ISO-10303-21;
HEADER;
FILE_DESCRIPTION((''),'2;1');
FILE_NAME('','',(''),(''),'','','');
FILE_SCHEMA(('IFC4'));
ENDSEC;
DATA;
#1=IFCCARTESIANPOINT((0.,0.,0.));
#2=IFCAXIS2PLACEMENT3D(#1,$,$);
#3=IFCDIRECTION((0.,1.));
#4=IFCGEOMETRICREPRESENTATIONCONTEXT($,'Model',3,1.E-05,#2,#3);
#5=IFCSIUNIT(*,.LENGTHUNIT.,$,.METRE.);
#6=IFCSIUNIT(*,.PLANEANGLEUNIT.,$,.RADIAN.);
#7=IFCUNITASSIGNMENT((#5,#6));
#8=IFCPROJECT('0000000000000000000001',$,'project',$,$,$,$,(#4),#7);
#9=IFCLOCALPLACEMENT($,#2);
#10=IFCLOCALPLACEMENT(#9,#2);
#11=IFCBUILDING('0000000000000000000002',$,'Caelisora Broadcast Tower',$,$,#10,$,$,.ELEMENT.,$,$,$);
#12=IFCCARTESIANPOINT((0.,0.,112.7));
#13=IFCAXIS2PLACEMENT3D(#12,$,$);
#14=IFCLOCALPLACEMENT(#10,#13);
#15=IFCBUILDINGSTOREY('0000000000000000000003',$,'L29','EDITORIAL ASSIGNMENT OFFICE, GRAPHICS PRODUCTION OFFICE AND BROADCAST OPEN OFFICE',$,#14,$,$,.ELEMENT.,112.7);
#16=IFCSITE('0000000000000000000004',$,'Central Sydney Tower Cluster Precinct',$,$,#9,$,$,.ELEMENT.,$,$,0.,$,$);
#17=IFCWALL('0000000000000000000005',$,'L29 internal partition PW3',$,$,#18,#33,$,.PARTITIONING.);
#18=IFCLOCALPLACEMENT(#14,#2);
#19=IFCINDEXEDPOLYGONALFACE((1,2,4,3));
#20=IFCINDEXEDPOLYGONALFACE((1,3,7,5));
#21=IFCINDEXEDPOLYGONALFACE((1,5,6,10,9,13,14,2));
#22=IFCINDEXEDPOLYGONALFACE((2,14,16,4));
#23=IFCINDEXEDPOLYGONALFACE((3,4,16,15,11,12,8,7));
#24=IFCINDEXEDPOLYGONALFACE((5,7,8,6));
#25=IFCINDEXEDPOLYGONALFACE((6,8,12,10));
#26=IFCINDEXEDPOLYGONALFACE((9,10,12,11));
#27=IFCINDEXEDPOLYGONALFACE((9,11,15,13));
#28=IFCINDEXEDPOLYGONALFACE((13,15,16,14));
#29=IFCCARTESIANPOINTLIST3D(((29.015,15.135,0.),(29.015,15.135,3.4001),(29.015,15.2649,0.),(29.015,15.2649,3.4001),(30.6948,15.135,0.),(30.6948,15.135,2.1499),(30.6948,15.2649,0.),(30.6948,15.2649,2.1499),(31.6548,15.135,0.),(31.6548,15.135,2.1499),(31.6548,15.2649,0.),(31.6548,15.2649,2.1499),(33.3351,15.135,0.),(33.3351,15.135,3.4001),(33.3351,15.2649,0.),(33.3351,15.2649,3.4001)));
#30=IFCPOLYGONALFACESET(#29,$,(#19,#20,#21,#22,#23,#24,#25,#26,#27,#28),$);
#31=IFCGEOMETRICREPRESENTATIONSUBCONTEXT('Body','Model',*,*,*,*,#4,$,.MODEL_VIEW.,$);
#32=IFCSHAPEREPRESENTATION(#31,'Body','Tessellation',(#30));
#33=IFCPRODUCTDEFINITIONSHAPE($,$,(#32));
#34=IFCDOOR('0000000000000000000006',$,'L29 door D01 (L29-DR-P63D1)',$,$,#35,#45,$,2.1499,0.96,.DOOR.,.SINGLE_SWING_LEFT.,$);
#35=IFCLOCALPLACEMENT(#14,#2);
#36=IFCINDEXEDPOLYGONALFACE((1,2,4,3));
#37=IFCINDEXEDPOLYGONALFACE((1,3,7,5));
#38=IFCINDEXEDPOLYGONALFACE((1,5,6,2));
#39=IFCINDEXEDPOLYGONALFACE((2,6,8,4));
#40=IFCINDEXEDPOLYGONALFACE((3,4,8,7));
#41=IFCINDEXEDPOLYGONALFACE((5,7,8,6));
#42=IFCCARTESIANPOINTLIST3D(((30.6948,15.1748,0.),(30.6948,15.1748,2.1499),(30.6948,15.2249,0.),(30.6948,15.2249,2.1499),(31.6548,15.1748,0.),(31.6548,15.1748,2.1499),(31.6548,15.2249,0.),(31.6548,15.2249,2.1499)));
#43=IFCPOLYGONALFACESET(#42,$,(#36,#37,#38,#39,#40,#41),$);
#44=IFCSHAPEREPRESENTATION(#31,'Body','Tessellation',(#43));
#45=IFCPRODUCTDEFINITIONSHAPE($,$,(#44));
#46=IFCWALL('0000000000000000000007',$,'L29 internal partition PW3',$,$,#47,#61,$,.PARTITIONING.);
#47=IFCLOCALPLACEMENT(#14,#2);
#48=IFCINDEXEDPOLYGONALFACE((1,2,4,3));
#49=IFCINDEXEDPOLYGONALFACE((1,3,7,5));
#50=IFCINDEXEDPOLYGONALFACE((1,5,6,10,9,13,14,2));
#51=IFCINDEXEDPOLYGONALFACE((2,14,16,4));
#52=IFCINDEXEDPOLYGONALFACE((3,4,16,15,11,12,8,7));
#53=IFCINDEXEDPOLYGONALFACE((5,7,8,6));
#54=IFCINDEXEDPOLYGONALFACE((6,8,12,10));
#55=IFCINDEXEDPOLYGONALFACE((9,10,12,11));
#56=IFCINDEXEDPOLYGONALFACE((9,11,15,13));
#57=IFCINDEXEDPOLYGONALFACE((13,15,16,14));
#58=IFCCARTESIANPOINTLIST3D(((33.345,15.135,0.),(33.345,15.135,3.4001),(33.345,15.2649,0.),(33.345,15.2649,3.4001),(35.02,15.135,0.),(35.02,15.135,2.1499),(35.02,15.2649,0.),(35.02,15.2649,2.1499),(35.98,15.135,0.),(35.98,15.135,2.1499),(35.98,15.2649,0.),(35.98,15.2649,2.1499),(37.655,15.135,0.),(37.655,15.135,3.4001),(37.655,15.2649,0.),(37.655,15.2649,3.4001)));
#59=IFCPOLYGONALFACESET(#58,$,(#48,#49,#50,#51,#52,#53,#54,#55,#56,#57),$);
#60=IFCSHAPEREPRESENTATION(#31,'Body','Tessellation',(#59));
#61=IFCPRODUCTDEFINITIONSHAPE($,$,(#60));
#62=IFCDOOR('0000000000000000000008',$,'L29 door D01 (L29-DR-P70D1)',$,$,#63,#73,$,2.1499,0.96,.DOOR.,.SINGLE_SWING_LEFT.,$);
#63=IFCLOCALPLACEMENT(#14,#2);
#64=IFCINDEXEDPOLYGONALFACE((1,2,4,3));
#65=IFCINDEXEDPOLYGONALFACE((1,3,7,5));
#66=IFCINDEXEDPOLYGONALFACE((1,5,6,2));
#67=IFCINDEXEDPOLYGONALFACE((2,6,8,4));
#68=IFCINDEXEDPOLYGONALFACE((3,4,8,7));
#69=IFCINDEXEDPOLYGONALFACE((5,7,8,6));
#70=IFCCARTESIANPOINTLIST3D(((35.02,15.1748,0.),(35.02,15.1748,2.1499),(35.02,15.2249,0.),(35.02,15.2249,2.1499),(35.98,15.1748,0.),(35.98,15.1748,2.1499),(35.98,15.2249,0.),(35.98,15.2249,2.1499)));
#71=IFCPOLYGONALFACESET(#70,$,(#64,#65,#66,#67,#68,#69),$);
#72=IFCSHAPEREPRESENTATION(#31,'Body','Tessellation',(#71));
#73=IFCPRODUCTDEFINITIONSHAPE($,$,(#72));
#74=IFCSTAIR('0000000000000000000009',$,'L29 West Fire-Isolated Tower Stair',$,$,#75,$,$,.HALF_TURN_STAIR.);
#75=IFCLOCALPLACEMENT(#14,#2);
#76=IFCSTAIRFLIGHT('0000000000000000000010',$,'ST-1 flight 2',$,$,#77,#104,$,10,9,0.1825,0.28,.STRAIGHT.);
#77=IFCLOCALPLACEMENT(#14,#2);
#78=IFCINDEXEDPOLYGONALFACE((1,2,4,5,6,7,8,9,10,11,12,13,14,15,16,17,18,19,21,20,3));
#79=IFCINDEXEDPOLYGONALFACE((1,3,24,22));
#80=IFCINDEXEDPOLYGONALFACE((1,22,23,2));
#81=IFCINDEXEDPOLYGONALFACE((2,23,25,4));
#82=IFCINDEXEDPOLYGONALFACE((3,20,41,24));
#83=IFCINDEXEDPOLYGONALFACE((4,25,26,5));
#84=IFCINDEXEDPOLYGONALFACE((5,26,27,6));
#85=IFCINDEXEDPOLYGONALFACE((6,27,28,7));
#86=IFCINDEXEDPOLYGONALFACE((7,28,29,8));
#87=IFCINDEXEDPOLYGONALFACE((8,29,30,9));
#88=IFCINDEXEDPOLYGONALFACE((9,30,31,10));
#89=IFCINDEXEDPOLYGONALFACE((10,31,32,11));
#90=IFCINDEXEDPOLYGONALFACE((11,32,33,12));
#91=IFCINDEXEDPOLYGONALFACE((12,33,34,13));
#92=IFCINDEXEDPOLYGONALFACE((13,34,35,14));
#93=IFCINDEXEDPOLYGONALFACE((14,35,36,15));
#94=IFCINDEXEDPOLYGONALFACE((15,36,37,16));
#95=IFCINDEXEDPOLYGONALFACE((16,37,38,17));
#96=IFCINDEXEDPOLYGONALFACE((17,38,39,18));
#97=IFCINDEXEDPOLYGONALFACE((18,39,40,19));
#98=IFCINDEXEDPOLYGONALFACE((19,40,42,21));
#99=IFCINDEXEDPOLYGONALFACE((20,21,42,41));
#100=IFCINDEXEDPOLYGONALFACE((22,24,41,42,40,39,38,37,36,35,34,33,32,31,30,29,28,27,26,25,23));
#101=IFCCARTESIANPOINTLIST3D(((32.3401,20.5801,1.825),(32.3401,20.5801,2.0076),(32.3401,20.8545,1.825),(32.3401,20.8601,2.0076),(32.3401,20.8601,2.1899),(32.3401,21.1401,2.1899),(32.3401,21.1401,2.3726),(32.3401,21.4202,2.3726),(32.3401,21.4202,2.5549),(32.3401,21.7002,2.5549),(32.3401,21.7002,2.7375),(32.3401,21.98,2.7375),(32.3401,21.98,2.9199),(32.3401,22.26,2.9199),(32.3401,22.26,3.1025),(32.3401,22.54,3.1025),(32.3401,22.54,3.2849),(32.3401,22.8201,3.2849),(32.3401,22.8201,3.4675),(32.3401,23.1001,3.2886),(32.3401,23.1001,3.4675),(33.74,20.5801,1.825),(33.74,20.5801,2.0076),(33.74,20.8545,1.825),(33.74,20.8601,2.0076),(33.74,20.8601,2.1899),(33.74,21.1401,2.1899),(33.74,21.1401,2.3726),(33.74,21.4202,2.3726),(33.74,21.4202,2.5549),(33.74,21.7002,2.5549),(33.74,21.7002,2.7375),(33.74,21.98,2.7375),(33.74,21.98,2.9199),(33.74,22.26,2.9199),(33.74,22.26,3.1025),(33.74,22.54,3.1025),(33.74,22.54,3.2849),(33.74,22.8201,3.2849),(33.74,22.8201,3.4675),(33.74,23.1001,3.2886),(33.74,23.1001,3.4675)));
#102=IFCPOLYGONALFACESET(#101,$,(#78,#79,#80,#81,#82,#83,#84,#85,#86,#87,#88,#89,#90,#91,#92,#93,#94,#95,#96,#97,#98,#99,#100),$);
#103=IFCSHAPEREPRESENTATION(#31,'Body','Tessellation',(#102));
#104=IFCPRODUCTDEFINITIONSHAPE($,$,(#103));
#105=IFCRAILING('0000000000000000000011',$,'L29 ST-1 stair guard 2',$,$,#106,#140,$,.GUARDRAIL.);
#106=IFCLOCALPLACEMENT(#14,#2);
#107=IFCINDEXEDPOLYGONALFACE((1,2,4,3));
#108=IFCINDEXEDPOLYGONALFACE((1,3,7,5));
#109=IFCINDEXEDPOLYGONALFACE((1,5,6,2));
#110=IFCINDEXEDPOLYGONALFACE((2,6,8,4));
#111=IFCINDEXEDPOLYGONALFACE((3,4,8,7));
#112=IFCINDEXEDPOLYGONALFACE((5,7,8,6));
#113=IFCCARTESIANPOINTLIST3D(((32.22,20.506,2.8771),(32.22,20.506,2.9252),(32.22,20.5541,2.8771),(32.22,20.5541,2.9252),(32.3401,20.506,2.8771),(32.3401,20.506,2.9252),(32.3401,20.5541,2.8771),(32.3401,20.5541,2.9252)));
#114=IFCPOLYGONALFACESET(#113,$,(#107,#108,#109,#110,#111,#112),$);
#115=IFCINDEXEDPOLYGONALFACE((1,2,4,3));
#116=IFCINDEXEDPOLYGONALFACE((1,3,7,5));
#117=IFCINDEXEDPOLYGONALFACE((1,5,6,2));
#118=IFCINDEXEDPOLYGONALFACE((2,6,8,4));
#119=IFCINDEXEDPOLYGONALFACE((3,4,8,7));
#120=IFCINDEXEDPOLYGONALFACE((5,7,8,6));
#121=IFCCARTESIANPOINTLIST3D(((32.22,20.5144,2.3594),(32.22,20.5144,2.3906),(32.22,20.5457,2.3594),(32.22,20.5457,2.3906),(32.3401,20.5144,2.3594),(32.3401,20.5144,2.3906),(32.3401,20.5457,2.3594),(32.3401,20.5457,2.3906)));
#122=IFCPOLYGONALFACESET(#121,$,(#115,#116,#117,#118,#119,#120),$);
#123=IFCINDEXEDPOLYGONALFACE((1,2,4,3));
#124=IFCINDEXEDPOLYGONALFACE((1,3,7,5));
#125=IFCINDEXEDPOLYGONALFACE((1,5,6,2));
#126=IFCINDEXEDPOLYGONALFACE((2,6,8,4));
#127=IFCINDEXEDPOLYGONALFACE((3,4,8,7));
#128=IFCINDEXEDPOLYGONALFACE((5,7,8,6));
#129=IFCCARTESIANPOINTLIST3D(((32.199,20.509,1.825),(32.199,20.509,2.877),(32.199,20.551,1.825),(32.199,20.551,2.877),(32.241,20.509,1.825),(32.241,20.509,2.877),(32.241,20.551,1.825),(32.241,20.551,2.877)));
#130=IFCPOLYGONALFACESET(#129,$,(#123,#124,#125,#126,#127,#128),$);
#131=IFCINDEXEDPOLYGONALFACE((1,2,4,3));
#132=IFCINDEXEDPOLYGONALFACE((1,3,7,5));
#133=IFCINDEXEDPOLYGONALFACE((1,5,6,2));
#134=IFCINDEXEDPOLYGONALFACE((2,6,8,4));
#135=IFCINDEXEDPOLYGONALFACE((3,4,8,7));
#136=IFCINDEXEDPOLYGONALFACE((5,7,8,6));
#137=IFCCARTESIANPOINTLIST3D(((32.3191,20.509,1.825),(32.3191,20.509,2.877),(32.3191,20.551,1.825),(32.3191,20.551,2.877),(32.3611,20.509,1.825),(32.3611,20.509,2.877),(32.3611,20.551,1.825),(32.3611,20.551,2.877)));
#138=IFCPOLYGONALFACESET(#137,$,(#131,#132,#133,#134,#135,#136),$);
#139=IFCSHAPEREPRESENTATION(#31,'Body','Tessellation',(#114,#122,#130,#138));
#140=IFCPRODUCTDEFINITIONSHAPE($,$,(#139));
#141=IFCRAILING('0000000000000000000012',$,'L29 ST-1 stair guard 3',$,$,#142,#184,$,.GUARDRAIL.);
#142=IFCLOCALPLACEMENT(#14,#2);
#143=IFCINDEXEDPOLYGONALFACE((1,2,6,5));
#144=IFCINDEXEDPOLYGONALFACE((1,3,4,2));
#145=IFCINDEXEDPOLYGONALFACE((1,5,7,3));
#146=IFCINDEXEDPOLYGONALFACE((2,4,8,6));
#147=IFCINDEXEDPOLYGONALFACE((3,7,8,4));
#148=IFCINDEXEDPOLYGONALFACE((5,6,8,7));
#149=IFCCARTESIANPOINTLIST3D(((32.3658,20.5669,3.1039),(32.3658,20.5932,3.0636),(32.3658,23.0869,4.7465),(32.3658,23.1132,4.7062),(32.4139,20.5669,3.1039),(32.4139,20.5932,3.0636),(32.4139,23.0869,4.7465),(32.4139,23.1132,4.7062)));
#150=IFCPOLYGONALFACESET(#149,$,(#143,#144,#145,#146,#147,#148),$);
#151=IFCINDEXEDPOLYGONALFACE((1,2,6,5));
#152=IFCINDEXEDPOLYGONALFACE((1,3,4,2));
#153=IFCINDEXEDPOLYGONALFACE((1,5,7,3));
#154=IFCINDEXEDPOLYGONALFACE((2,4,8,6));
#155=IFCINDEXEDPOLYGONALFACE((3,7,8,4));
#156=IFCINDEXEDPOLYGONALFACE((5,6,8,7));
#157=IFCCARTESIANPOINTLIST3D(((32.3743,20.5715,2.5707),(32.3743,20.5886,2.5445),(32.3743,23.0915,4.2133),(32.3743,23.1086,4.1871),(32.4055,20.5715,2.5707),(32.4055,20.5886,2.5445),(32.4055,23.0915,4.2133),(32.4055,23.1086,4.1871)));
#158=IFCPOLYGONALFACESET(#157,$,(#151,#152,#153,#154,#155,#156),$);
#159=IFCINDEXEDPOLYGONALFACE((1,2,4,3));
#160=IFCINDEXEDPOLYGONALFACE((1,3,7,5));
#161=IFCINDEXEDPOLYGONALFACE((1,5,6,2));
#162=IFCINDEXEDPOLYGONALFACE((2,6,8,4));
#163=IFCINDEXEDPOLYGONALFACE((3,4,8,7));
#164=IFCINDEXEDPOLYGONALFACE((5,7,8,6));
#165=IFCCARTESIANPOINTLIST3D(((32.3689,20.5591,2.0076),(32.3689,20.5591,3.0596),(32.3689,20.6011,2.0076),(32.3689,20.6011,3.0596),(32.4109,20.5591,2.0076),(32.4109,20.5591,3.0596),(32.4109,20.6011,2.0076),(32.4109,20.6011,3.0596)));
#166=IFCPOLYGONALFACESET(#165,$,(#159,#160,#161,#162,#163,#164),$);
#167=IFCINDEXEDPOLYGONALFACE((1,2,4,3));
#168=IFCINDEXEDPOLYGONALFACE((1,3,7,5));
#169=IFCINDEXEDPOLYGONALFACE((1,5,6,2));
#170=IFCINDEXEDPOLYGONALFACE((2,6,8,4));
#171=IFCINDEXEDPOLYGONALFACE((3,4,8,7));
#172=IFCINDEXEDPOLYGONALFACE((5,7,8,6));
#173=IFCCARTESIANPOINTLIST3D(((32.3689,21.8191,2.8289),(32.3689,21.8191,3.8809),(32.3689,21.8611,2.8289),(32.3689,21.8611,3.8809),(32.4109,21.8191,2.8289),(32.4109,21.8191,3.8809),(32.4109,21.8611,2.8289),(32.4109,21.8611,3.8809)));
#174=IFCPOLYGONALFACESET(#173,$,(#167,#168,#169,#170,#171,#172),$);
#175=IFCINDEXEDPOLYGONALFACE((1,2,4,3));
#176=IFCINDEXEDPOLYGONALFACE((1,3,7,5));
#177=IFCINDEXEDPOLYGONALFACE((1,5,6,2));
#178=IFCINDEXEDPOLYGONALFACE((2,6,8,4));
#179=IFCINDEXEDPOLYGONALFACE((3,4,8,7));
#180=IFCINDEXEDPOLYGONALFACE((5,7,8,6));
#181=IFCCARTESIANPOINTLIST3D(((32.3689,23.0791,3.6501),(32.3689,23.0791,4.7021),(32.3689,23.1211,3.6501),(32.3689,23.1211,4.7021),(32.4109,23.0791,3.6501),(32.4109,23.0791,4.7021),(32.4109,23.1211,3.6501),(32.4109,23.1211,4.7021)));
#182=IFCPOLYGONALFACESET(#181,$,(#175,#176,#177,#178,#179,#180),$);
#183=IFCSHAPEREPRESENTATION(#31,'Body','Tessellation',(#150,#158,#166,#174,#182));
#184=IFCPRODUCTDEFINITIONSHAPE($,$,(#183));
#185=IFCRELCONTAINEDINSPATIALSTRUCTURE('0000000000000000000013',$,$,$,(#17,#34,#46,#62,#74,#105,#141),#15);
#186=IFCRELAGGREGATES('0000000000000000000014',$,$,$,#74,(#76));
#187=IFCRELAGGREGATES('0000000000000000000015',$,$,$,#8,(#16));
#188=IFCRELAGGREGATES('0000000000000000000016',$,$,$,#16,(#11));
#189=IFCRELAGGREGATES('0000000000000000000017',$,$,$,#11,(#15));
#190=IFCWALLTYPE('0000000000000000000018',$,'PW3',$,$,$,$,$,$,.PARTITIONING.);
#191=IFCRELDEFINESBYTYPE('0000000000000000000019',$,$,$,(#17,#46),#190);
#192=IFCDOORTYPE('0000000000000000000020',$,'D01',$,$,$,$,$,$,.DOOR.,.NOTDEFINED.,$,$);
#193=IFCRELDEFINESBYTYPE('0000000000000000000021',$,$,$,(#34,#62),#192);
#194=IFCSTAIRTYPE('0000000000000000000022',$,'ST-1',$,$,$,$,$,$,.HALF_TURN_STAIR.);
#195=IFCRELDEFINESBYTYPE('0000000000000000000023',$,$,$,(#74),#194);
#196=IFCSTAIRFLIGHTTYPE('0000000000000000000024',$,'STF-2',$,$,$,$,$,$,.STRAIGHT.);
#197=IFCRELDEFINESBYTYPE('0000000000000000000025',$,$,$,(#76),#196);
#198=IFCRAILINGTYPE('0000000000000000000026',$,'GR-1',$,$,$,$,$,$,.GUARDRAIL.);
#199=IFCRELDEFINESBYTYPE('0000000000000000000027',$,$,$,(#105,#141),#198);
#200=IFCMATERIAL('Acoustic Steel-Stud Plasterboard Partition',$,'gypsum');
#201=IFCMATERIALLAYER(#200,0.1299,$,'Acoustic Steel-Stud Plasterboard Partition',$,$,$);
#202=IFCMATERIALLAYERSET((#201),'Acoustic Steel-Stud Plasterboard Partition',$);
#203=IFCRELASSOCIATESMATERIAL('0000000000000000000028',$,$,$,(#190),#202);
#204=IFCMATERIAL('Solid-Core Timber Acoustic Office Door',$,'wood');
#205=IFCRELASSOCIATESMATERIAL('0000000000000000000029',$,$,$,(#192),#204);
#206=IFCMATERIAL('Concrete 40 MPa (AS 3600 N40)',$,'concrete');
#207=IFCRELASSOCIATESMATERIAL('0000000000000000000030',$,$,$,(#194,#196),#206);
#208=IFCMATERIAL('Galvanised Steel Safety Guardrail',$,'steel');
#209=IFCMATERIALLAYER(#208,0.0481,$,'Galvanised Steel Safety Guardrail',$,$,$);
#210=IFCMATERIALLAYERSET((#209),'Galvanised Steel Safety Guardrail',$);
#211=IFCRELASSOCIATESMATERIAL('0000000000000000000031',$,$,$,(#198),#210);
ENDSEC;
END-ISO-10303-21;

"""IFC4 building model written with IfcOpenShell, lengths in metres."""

from ifc_helpers import new_model, si_unit, direction, frame, frame_2d, origin, origin_2d, place, context, subcontext, project, spatial, polyline, rectangle, outline, extrude, material, layer, layer_set, type_object, element, fill, aggregate, save


model = new_model("IFC4")

# Units and contexts
model_context = context("Model", 3, precision=1e-05, world=origin(), true_north=direction((0.0, 1.0)))
body_context = subcontext(model_context, "Body", "Model", "MODEL_VIEW")
ifc_project = project(units=[si_unit("LENGTHUNIT", "METRE"), si_unit("PLANEANGLEUNIT", "RADIAN")], contexts=[model_context])

# Site, building, storey
site_placement = place(None, origin())
site = spatial("IfcSite", under=ifc_project, at=site_placement, Name="Central Sydney Tower Cluster Precinct", CompositionType="ELEMENT", RefElevation=0.0)
building_placement = place(site_placement, origin())
building = spatial("IfcBuilding", under=site, at=building_placement, Name="Caelisora Broadcast Tower", CompositionType="ELEMENT")
storey_placement = place(building_placement, frame((0.0, 0.0, 112.7)))
storey = spatial("IfcBuildingStorey", under=building, at=storey_placement, Name="L29", Description="EDITORIAL ASSIGNMENT OFFICE, GRAPHICS PRODUCTION OFFICE AND BROADCAST OPEN OFFICE", CompositionType="ELEMENT", Elevation=112.7)

# Walls, openings, doors
ifc_material_1 = material(Name="Acoustic Steel-Stud Plasterboard Partition", Category="gypsum")
ifc_layer_1 = layer(ifc_material_1, 0.1299, Name="Acoustic Steel-Stud Plasterboard Partition")
ifc_layer_set_1 = layer_set([ifc_layer_1], Name="Acoustic Steel-Stud Plasterboard Partition")
wall_type_1 = type_object("IfcWallType", Name="PW3", PredefinedType="PARTITIONING", material=ifc_layer_set_1)
wall_1_placement = place(storey_placement, frame((29.0149, 15.2, 0.0), z_axis=(0.0, 0.0, 1.0), x_axis=(1.0, 0.0, 0.0)))
wall_1 = element("IfcWall", 1, at=wall_1_placement, inside=storey, type_object=wall_type_1, Name="L29 internal partition PW3", PredefinedType="PARTITIONING", context=body_context, shape_type="SweptSolid", body=[
    extrude(rectangle(XDim=4.3201, YDim=0.1299, at=frame_2d((2.1602, 0.0))), origin(), (0.0, 0.0, 1.0), 3.4001),
])
opening_1_placement = place(wall_1_placement, frame((1.6799, 0.0, 0.0)))
opening_1 = element("IfcOpeningElement", 2, at=opening_1_placement, cuts=wall_1, PredefinedType="OPENING", context=body_context, shape_type="SweptSolid", body=[
    extrude(rectangle(XDim=0.96, YDim=2.1499, at=frame_2d((0.48, 1.075))), frame((0.0, 0.0769, 0.0), z_axis=(0.0, -1.0, 0.0), x_axis=(1.0, 0.0, 0.0)), (0.0, 0.0, 1.0), 0.1538),
])
ifc_material_2 = material(Name="Solid-Core Timber Acoustic Office Door", Category="wood")
door_type_1 = type_object("IfcDoorType", Name="D01", OperationType="NOTDEFINED", PredefinedType="DOOR", material=ifc_material_2)
door_1_placement = place(opening_1_placement, origin())
door_1 = element("IfcDoor", 3, at=door_1_placement, inside=storey, type_object=door_type_1, Name="L29 door D01 (L29-DR-P63D1)", OperationType="SINGLE_SWING_LEFT", OverallHeight=2.1499, OverallWidth=0.96, PredefinedType="DOOR", context=body_context, shape_type="SweptSolid", body=[
    extrude(rectangle(XDim=0.96, YDim=2.1499, at=frame_2d((0.48, 1.075))), frame((0.0, 0.0249, 0.0), z_axis=(0.0, -1.0, 0.0), x_axis=(1.0, 0.0, 0.0)), (0.0, 0.0, 1.0), 0.05),
])
fill(opening_1, door_1)
wall_2_placement = place(storey_placement, frame((33.345, 15.2, 0.0), z_axis=(0.0, 0.0, 1.0), x_axis=(1.0, 0.0, 0.0)))
wall_2 = element("IfcWall", 4, at=wall_2_placement, inside=storey, type_object=wall_type_1, Name="L29 internal partition PW3", PredefinedType="PARTITIONING", context=body_context, shape_type="SweptSolid", body=[
    extrude(rectangle(XDim=4.3101, YDim=0.1299, at=frame_2d((2.155, 0.0))), origin(), (0.0, 0.0, 1.0), 3.4001),
])
opening_2_placement = place(wall_2_placement, frame((1.675, 0.0, 0.0)))
opening_2 = element("IfcOpeningElement", 5, at=opening_2_placement, cuts=wall_2, PredefinedType="OPENING", context=body_context, shape_type="SweptSolid", body=[
    extrude(rectangle(XDim=0.96, YDim=2.1499, at=frame_2d((0.48, 1.075))), frame((0.0, 0.0769, 0.0), z_axis=(0.0, -1.0, 0.0), x_axis=(1.0, 0.0, 0.0)), (0.0, 0.0, 1.0), 0.1538),
])
door_2_placement = place(opening_2_placement, origin())
door_2 = element("IfcDoor", 6, at=door_2_placement, inside=storey, type_object=door_type_1, Name="L29 door D01 (L29-DR-P70D1)", OperationType="SINGLE_SWING_LEFT", OverallHeight=2.1499, OverallWidth=0.96, PredefinedType="DOOR", context=body_context, shape_type="SweptSolid", body=[
    extrude(rectangle(XDim=0.96, YDim=2.1499, at=frame_2d((0.48, 1.075))), frame((0.0, 0.0249, 0.0), z_axis=(0.0, -1.0, 0.0), x_axis=(1.0, 0.0, 0.0)), (0.0, 0.0, 1.0), 0.05),
])
fill(opening_2, door_2)

# Stair, stair flight
ifc_material_3 = material(Name="Concrete 40 MPa (AS 3600 N40)", Category="concrete")
stair_type = type_object("IfcStairType", Name="ST-1", PredefinedType="HALF_TURN_STAIR", material=ifc_material_3)
stair_placement = place(storey_placement, origin())
stair = element("IfcStair", 7, at=stair_placement, inside=storey, type_object=stair_type, Name="L29 West Fire-Isolated Tower Stair", PredefinedType="HALF_TURN_STAIR")
stair_flight_type = type_object("IfcStairFlightType", Name="STF-2", PredefinedType="STRAIGHT", material=ifc_material_3)
stair_flight_placement = place(storey_placement, frame((33.04, 20.5801, 1.825), z_axis=(0.0, 0.0, 1.0), x_axis=(0.0, 1.0, 0.0)))
stair_flight = element("IfcStairFlight", 8, at=stair_flight_placement, type_object=stair_flight_type, Name="ST-1 flight 2", NumberOfRisers=10, NumberOfTreads=9, PredefinedType="STRAIGHT", RiserHeight=0.1825, TreadLength=0.28, context=body_context, shape_type="SweptSolid", body=[
    extrude(outline(polyline([(0.0, 0.0), (0.0, 0.1826), (0.28, 0.1826), (0.28, 0.365), (0.5601, 0.365), (0.5601, 0.5476), (0.8401, 0.5476), (0.8401, 0.73), (1.1201, 0.73), (1.1201, 0.9126), (1.3999, 0.9126), (1.3999, 1.095), (1.6799, 1.095), (1.6799, 1.2776), (1.96, 1.2776), (1.96, 1.46), (2.24, 1.46), (2.24, 1.6426), (2.52, 1.6426), (2.52, 1.825), (2.52, 1.4636), (0.2744, 0.0), (0.0, 0.0)])), frame((0.0, 0.7, 0.0), z_axis=(0.0, -1.0, 0.0), x_axis=(1.0, 0.0, 0.0)), (0.0, 0.0, 1.0), 1.3999),
])
aggregate(stair, [stair_flight])

# Railings
ifc_material_4 = material(Name="Galvanised Steel Safety Guardrail", Category="steel")
ifc_layer_2 = layer(ifc_material_4, 0.0481, Name="Galvanised Steel Safety Guardrail")
ifc_layer_set_2 = layer_set([ifc_layer_2], Name="Galvanised Steel Safety Guardrail")
railing_type_1 = type_object("IfcRailingType", Name="GR-1", PredefinedType="GUARDRAIL", material=ifc_layer_set_2)
railing_1_placement = place(storey_placement, frame((32.22, 20.53, 1.825)))
element("IfcRailing", 9, at=railing_1_placement, inside=storey, type_object=railing_type_1, Name="L29 ST-1 stair guard 2", PredefinedType="GUARDRAIL", context=body_context, shape_type="SweptSolid", body=[
    extrude(rectangle(XDim=0.0481, YDim=0.0481, at=origin_2d()), frame((0.0, 0.0, 1.0762), z_axis=(1.0, 0.0, 0.0), x_axis=(0.0, 1.0, 0.0)), (0.0, 0.0, 1.0), 0.1201),
    extrude(rectangle(XDim=0.0312, YDim=0.0312, at=origin_2d()), frame((0.0, 0.0, 0.55), z_axis=(1.0, 0.0, 0.0), x_axis=(0.0, 1.0, 0.0)), (0.0, 0.0, 1.0), 0.1201),
    extrude(rectangle(XDim=0.042, YDim=0.042, at=origin_2d()), origin(), (0.0, 0.0, 1.0), 1.052),
    extrude(rectangle(XDim=0.042, YDim=0.042, at=origin_2d()), frame((0.1201, 0.0, 0.0)), (0.0, 0.0, 1.0), 1.052),
])
railing_2_placement = place(storey_placement, frame((32.3899, 20.5801, 2.0076)))
element("IfcRailing", 10, at=railing_2_placement, inside=storey, type_object=railing_type_1, Name="L29 ST-1 stair guard 3", PredefinedType="GUARDRAIL", context=body_context, shape_type="SweptSolid", body=[
    extrude(rectangle(XDim=0.0481, YDim=0.0481, at=origin_2d()), frame((0.0, 0.0, 1.0762), z_axis=(0.0, 0.837749, 0.546055), x_axis=(-1.0, 0.0, 0.0)), (0.0, 0.0, 1.0), 3.0081),
    extrude(rectangle(XDim=0.0312, YDim=0.0312, at=origin_2d()), frame((0.0, 0.0, 0.55), z_axis=(0.0, 0.837749, 0.546055), x_axis=(-1.0, 0.0, 0.0)), (0.0, 0.0, 1.0), 3.0081),
    extrude(rectangle(XDim=0.042, YDim=0.042, at=origin_2d()), origin(), (0.0, 0.0, 1.0), 1.052),
    extrude(rectangle(XDim=0.042, YDim=0.042, at=origin_2d()), frame((0.0, 1.26, 0.8213)), (0.0, 0.0, 1.0), 1.052),
    extrude(rectangle(XDim=0.042, YDim=0.042, at=origin_2d()), frame((0.0, 2.52, 1.6426)), (0.0, 0.0, 1.0), 1.052),
])

save(model, "model.ifc")
